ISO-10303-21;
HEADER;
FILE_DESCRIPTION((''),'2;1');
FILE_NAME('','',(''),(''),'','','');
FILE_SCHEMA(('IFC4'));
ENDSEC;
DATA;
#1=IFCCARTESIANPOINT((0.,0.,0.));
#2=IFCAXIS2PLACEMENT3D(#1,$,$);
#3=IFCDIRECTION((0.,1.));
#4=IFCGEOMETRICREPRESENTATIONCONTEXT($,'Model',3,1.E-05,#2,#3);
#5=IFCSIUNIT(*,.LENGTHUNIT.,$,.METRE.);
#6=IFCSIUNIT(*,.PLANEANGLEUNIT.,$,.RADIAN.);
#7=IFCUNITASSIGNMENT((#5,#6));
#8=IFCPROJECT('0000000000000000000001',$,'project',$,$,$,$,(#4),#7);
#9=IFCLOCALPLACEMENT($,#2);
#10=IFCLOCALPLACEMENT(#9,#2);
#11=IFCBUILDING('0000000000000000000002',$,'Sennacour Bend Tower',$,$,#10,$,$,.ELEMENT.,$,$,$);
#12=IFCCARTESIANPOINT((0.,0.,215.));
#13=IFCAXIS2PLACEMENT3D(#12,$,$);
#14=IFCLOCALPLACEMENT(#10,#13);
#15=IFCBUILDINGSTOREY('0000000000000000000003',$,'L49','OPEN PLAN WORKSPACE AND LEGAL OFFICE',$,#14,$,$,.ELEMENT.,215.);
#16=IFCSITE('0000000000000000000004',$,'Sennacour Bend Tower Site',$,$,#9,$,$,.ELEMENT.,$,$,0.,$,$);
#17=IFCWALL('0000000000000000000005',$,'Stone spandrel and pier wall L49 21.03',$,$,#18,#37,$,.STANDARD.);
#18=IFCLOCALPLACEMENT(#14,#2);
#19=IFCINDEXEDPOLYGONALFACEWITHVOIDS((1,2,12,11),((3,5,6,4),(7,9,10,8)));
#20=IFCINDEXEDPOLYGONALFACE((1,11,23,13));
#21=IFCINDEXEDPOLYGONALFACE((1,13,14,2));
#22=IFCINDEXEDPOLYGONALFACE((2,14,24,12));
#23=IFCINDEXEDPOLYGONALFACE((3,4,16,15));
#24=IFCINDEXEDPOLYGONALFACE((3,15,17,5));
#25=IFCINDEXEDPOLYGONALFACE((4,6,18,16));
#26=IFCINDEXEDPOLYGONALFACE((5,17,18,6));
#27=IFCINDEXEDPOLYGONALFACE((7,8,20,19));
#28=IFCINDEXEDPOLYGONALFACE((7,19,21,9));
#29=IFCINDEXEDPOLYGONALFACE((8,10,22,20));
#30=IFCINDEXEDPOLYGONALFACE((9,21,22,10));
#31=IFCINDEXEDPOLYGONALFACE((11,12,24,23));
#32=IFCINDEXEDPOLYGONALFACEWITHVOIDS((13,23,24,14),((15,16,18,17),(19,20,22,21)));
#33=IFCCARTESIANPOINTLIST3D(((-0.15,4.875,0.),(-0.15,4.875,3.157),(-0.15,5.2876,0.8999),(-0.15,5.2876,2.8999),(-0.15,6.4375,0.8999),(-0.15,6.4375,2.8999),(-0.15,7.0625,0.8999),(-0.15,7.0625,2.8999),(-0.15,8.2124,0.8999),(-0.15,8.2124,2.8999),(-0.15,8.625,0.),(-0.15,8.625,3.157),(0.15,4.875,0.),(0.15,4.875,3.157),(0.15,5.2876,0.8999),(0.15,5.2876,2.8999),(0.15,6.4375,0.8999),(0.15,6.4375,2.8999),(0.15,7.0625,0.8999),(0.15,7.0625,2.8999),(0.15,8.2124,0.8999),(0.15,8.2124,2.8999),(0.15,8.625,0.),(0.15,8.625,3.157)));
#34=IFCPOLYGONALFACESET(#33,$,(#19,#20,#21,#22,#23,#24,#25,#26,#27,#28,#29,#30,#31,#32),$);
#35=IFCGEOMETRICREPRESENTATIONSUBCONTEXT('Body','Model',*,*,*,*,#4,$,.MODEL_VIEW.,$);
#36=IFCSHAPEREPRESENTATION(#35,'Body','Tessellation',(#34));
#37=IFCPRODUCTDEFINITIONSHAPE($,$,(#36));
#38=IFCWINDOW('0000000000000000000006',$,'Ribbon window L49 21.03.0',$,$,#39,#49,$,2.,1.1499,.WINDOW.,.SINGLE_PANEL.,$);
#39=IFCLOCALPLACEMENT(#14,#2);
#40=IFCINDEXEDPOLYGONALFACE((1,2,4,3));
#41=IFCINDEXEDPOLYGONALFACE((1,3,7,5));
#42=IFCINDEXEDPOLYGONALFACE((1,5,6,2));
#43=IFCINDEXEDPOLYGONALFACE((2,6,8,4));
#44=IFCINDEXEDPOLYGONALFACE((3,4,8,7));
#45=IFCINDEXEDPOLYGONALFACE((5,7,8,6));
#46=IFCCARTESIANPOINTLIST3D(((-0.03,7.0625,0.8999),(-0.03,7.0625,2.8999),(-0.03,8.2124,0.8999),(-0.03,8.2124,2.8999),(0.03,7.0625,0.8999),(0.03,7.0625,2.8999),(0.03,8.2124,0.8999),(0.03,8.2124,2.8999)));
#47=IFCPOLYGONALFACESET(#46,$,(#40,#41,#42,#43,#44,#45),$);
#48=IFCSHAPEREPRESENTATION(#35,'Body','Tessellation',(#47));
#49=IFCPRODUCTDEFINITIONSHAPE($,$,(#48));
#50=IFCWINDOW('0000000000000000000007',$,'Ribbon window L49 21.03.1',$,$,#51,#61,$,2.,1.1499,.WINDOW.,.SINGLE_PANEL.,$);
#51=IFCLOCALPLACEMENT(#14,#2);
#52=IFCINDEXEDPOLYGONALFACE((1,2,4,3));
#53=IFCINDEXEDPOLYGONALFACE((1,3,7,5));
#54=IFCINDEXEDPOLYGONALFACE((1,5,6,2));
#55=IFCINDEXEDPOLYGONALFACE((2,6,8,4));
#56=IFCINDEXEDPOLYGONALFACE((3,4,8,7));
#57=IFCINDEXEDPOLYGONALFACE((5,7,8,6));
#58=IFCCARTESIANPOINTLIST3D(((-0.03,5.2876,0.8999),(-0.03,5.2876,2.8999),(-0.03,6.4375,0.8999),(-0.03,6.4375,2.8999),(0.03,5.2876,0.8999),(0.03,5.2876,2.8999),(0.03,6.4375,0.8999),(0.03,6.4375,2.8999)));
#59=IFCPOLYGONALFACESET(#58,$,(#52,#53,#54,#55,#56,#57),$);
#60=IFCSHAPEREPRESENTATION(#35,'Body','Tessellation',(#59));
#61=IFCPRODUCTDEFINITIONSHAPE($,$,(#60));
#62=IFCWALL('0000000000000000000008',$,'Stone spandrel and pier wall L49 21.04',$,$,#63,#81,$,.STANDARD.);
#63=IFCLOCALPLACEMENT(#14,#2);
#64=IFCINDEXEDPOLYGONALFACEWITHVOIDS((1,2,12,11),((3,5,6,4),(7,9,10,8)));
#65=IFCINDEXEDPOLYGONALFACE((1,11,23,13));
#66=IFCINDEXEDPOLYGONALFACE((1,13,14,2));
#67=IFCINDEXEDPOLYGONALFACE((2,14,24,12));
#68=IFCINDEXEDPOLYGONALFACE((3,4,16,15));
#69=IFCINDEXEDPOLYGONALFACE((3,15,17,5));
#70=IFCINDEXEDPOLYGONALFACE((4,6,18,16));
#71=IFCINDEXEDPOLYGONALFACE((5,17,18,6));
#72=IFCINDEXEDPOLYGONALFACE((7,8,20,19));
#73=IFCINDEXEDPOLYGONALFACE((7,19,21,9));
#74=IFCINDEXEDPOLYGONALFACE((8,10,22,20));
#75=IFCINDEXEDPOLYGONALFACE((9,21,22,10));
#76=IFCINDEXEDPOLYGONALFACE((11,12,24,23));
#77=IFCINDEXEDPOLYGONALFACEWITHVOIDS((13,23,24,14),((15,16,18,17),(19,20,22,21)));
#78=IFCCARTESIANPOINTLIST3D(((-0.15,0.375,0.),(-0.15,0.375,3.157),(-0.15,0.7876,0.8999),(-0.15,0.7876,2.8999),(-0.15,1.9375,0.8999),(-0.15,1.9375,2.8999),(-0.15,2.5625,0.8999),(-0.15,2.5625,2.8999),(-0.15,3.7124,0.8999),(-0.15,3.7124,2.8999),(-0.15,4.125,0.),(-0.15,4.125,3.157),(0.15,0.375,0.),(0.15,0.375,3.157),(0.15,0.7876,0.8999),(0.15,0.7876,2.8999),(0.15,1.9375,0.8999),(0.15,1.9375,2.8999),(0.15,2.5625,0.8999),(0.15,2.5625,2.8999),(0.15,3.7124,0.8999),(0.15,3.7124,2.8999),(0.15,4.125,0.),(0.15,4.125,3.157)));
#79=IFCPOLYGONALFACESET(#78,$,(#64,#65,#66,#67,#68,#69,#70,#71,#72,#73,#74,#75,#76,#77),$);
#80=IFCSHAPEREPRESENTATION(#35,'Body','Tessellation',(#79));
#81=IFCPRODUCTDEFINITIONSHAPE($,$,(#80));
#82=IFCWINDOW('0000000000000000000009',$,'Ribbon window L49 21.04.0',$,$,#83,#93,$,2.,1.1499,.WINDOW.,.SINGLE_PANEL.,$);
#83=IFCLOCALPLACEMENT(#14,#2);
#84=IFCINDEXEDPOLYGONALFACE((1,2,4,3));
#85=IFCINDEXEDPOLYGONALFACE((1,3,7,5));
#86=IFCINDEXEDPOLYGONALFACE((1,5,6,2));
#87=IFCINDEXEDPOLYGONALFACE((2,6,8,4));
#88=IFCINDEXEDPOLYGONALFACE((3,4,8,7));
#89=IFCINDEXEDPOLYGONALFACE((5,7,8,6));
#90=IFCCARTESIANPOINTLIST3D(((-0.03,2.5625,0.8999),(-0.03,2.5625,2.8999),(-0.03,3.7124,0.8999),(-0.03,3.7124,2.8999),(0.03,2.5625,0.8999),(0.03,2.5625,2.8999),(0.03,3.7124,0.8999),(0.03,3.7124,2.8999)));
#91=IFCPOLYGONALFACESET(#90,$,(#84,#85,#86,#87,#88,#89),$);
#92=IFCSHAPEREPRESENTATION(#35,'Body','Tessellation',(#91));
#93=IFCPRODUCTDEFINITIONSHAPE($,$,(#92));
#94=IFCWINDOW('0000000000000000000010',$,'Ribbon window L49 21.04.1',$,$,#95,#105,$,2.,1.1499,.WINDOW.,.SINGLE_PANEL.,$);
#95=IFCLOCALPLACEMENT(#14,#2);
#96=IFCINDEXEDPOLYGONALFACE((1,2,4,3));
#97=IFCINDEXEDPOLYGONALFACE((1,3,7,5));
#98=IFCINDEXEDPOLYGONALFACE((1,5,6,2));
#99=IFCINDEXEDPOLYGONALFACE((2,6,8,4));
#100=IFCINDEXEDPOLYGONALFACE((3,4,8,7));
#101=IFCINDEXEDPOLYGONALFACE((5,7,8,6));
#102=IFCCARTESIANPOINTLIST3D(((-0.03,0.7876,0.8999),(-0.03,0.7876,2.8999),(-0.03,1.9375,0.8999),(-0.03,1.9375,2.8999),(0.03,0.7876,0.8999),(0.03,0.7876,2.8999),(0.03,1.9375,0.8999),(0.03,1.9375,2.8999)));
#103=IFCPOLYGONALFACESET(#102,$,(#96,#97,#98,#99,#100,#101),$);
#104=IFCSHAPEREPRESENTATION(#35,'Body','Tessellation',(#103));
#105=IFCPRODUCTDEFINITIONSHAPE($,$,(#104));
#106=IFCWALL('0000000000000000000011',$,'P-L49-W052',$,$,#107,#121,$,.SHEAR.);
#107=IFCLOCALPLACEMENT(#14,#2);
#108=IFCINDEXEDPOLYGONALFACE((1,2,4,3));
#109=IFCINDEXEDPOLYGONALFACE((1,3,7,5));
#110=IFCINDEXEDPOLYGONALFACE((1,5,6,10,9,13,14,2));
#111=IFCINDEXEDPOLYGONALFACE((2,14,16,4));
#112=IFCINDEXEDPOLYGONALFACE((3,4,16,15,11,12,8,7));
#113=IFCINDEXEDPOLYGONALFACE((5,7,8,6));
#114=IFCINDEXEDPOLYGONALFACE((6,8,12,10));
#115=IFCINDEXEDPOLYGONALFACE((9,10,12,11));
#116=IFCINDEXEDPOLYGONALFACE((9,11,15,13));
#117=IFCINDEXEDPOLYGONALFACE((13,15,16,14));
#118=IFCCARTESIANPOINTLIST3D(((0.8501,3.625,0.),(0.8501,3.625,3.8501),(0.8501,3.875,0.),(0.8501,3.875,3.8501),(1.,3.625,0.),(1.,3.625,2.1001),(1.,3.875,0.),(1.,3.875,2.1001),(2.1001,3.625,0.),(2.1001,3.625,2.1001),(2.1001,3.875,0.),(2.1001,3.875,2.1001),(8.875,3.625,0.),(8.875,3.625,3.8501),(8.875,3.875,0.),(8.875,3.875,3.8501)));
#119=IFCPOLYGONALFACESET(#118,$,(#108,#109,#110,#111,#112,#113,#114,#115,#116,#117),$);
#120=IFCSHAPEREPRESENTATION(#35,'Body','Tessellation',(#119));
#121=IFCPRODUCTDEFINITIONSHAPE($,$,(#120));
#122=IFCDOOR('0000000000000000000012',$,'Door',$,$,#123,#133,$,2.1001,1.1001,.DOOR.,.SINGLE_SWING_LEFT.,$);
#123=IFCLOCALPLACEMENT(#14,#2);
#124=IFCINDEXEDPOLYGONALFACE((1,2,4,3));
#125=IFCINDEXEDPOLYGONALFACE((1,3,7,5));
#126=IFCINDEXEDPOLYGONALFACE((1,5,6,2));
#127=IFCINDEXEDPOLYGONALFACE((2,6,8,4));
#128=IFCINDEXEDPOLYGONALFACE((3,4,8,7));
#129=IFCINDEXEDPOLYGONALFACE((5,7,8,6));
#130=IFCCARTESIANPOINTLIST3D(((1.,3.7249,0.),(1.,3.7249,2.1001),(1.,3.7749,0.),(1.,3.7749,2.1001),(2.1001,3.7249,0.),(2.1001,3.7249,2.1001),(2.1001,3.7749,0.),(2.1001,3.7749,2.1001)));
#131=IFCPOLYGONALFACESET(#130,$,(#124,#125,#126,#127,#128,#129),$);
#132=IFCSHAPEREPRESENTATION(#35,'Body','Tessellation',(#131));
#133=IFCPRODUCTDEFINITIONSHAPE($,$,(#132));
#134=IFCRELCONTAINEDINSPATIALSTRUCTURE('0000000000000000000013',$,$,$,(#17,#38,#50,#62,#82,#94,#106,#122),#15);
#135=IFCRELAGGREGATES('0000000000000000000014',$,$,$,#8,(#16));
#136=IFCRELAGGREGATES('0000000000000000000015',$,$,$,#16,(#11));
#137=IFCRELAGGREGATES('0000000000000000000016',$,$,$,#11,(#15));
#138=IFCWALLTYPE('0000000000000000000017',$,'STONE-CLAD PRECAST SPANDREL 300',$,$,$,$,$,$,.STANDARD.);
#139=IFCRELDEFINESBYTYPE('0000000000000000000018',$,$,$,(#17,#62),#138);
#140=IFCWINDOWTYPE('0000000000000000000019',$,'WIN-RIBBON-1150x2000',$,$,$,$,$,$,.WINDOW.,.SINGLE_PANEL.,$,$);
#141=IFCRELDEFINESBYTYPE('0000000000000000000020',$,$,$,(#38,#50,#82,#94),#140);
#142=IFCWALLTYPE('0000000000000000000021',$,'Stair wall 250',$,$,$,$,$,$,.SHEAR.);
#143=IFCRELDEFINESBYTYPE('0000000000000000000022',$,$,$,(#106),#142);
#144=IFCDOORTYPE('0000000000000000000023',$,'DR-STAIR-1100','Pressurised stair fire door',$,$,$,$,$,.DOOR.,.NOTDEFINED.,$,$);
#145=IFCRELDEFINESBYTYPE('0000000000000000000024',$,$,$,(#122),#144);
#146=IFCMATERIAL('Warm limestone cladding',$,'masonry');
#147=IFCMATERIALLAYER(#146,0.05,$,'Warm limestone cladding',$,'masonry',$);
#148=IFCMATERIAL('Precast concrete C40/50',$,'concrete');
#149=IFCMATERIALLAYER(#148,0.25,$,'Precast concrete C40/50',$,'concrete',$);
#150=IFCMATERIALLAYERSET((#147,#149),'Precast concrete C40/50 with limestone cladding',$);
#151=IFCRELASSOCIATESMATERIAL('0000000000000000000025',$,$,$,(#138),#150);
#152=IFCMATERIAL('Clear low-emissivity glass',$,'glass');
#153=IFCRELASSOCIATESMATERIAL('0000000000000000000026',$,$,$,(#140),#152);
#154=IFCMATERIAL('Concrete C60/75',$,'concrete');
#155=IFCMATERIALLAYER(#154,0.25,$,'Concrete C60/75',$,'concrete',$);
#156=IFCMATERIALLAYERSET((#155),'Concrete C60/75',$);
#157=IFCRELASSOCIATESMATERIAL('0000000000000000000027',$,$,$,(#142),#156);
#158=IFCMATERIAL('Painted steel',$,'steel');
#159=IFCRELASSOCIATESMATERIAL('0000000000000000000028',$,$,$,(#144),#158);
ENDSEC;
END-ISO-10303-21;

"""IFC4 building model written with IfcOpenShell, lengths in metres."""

from ifc_helpers import new_model, si_unit, direction, frame, frame_2d, origin, place, context, subcontext, project, spatial, rectangle, extrude, material, layer, layer_set, type_object, element, fill, save


model = new_model("IFC4")

# Units and contexts
model_context = context("Model", 3, precision=1e-05, world=origin(), true_north=direction((0.0, 1.0)))
body_context = subcontext(model_context, "Body", "Model", "MODEL_VIEW")
ifc_project = project(units=[si_unit("LENGTHUNIT", "METRE"), si_unit("PLANEANGLEUNIT", "RADIAN")], contexts=[model_context])

# Site, building, storey
site_placement = place(None, origin())
site = spatial("IfcSite", under=ifc_project, at=site_placement, Name="Sennacour Bend Tower Site", CompositionType="ELEMENT", RefElevation=0.0)
building_placement = place(site_placement, origin())
building = spatial("IfcBuilding", under=site, at=building_placement, Name="Sennacour Bend Tower", CompositionType="ELEMENT")
storey_placement = place(building_placement, frame((0.0, 0.0, 215.0)))
storey = spatial("IfcBuildingStorey", under=building, at=storey_placement, Name="L49", Description="OPEN PLAN WORKSPACE AND LEGAL OFFICE", CompositionType="ELEMENT", Elevation=215.0)

# Shared definitions
ifc_material_1 = material(Name="Painted steel", Category="steel")

# Walls, openings, windows
ifc_material_2 = material(Name="Warm limestone cladding", Category="masonry")
ifc_layer_1 = layer(ifc_material_2, 0.05, Name="Warm limestone cladding", Category="masonry")
ifc_material_3 = material(Name="Precast concrete C40/50", Category="concrete")
ifc_layer_2 = layer(ifc_material_3, 0.25, Name="Precast concrete C40/50", Category="concrete")
ifc_layer_set_1 = layer_set([ifc_layer_1, ifc_layer_2], Name="Precast concrete C40/50 with limestone cladding")
wall_type_1 = type_object("IfcWallType", Name="STONE-CLAD PRECAST SPANDREL 300", PredefinedType="STANDARD", material=ifc_layer_set_1)
wall_1_placement = place(storey_placement, frame((0.0, 8.625, 0.0), z_axis=(0.0, 0.0, 1.0), x_axis=(0.0, -1.0, 0.0)))
wall_1 = element("IfcWall", 1, at=wall_1_placement, inside=storey, type_object=wall_type_1, Name="Stone spandrel and pier wall L49 21.03", PredefinedType="STANDARD", context=body_context, shape_type="SweptSolid", body=[
    extrude(rectangle(XDim=3.75, YDim=0.3, at=frame_2d((1.875, 0.0))), origin(), (0.0, 0.0, 1.0), 3.157),
])
opening_1_placement = place(wall_1_placement, frame((0.4126, 0.0, 0.8999)))
opening_1 = element("IfcOpeningElement", 2, at=opening_1_placement, cuts=wall_1, PredefinedType="OPENING", context=body_context, shape_type="SweptSolid", body=[
    extrude(rectangle(XDim=1.1499, YDim=2.0, at=frame_2d((0.575, 1.0))), frame((0.0, 0.1602, 0.0), z_axis=(0.0, -1.0, 0.0), x_axis=(1.0, 0.0, 0.0)), (0.0, 0.0, 1.0), 0.3201),
])
opening_2_placement = place(wall_1_placement, frame((2.1875, 0.0, 0.8999)))
opening_2 = element("IfcOpeningElement", 3, at=opening_2_placement, cuts=wall_1, PredefinedType="OPENING", context=body_context, shape_type="SweptSolid", body=[
    extrude(rectangle(XDim=1.1499, YDim=2.0, at=frame_2d((0.575, 1.0))), frame((0.0, 0.1602, 0.0), z_axis=(0.0, -1.0, 0.0), x_axis=(1.0, 0.0, 0.0)), (0.0, 0.0, 1.0), 0.3201),
])
ifc_material_4 = material(Name="Clear low-emissivity glass", Category="glass")
window_type = type_object("IfcWindowType", Name="WIN-RIBBON-1150x2000", PartitioningType="SINGLE_PANEL", PredefinedType="WINDOW", material=ifc_material_4)
window_1_placement = place(opening_1_placement, origin())
window_1 = element("IfcWindow", 4, at=window_1_placement, inside=storey, type_object=window_type, Name="Ribbon window L49 21.03.0", OverallHeight=2.0, OverallWidth=1.1499, PartitioningType="SINGLE_PANEL", PredefinedType="WINDOW", context=body_context, shape_type="SweptSolid", body=[
    extrude(rectangle(XDim=1.1499, YDim=2.0, at=frame_2d((0.575, 1.0))), frame((0.0, 0.03, 0.0), z_axis=(0.0, -1.0, 0.0), x_axis=(1.0, 0.0, 0.0)), (0.0, 0.0, 1.0), 0.0601),
])
fill(opening_1, window_1)
window_2_placement = place(opening_2_placement, origin())
window_2 = element("IfcWindow", 5, at=window_2_placement, inside=storey, type_object=window_type, Name="Ribbon window L49 21.03.1", OverallHeight=2.0, OverallWidth=1.1499, PartitioningType="SINGLE_PANEL", PredefinedType="WINDOW", context=body_context, shape_type="SweptSolid", body=[
    extrude(rectangle(XDim=1.1499, YDim=2.0, at=frame_2d((0.575, 1.0))), frame((0.0, 0.03, 0.0), z_axis=(0.0, -1.0, 0.0), x_axis=(1.0, 0.0, 0.0)), (0.0, 0.0, 1.0), 0.0601),
])
fill(opening_2, window_2)
wall_2_placement = place(storey_placement, frame((0.0, 4.125, 0.0), z_axis=(0.0, 0.0, 1.0), x_axis=(0.0, -1.0, 0.0)))
wall_2 = element("IfcWall", 6, at=wall_2_placement, inside=storey, type_object=wall_type_1, Name="Stone spandrel and pier wall L49 21.04", PredefinedType="STANDARD", context=body_context, shape_type="SweptSolid", body=[
    extrude(rectangle(XDim=3.75, YDim=0.3, at=frame_2d((1.875, 0.0))), origin(), (0.0, 0.0, 1.0), 3.157),
])
opening_3_placement = place(wall_2_placement, frame((0.4126, 0.0, 0.8999)))
opening_3 = element("IfcOpeningElement", 7, at=opening_3_placement, cuts=wall_2, PredefinedType="OPENING", context=body_context, shape_type="SweptSolid", body=[
    extrude(rectangle(XDim=1.1499, YDim=2.0, at=frame_2d((0.575, 1.0))), frame((0.0, 0.1602, 0.0), z_axis=(0.0, -1.0, 0.0), x_axis=(1.0, 0.0, 0.0)), (0.0, 0.0, 1.0), 0.3201),
])
opening_4_placement = place(wall_2_placement, frame((2.1875, 0.0, 0.8999)))
opening_4 = element("IfcOpeningElement", 8, at=opening_4_placement, cuts=wall_2, PredefinedType="OPENING", context=body_context, shape_type="SweptSolid", body=[
    extrude(rectangle(XDim=1.1499, YDim=2.0, at=frame_2d((0.575, 1.0))), frame((0.0, 0.1602, 0.0), z_axis=(0.0, -1.0, 0.0), x_axis=(1.0, 0.0, 0.0)), (0.0, 0.0, 1.0), 0.3201),
])
window_3_placement = place(opening_3_placement, origin())
window_3 = element("IfcWindow", 9, at=window_3_placement, inside=storey, type_object=window_type, Name="Ribbon window L49 21.04.0", OverallHeight=2.0, OverallWidth=1.1499, PartitioningType="SINGLE_PANEL", PredefinedType="WINDOW", context=body_context, shape_type="SweptSolid", body=[
    extrude(rectangle(XDim=1.1499, YDim=2.0, at=frame_2d((0.575, 1.0))), frame((0.0, 0.03, 0.0), z_axis=(0.0, -1.0, 0.0), x_axis=(1.0, 0.0, 0.0)), (0.0, 0.0, 1.0), 0.0601),
])
fill(opening_3, window_3)
window_4_placement = place(opening_4_placement, origin())
window_4 = element("IfcWindow", 10, at=window_4_placement, inside=storey, type_object=window_type, Name="Ribbon window L49 21.04.1", OverallHeight=2.0, OverallWidth=1.1499, PartitioningType="SINGLE_PANEL", PredefinedType="WINDOW", context=body_context, shape_type="SweptSolid", body=[
    extrude(rectangle(XDim=1.1499, YDim=2.0, at=frame_2d((0.575, 1.0))), frame((0.0, 0.03, 0.0), z_axis=(0.0, -1.0, 0.0), x_axis=(1.0, 0.0, 0.0)), (0.0, 0.0, 1.0), 0.0601),
])
fill(opening_4, window_4)

# Wall, opening, door
ifc_material_5 = material(Name="Concrete C60/75", Category="concrete")
ifc_layer_3 = layer(ifc_material_5, 0.25, Name="Concrete C60/75", Category="concrete")
ifc_layer_set_2 = layer_set([ifc_layer_3], Name="Concrete C60/75")
wall_type_2 = type_object("IfcWallType", Name="Stair wall 250", PredefinedType="SHEAR", material=ifc_layer_set_2)
wall_3_placement = place(storey_placement, frame((0.8501, 3.75, 0.0), z_axis=(0.0, 0.0, 1.0), x_axis=(1.0, 0.0, 0.0)))
wall_3 = element("IfcWall", 11, at=wall_3_placement, inside=storey, type_object=wall_type_2, Name="P-L49-W052", PredefinedType="SHEAR", context=body_context, shape_type="SweptSolid", body=[
    extrude(rectangle(XDim=8.0249, YDim=0.25, at=frame_2d((4.0125, 0.0))), origin(), (0.0, 0.0, 1.0), 3.8501),
])
opening_5_placement = place(wall_3_placement, frame((0.1499, 0.0, 0.0)))
opening_5 = element("IfcOpeningElement", 12, at=opening_5_placement, cuts=wall_3, PredefinedType="OPENING", context=body_context, shape_type="SweptSolid", body=[
    extrude(rectangle(XDim=1.1001, YDim=2.1001, at=frame_2d((0.55, 1.05))), frame((0.0, 0.135, 0.0), z_axis=(0.0, -1.0, 0.0), x_axis=(1.0, 0.0, 0.0)), (0.0, 0.0, 1.0), 0.27),
])
door_type_1 = type_object("IfcDoorType", Name="DR-STAIR-1100", Description="Pressurised stair fire door", OperationType="NOTDEFINED", PredefinedType="DOOR", material=ifc_material_1)
door_1_placement = place(opening_5_placement, origin())
door_1 = element("IfcDoor", 13, at=door_1_placement, inside=storey, type_object=door_type_1, Name="Door", OperationType="SINGLE_SWING_LEFT", OverallHeight=2.1001, OverallWidth=1.1001, PredefinedType="DOOR", context=body_context, shape_type="SweptSolid", body=[
    extrude(rectangle(XDim=1.1001, YDim=2.1001, at=frame_2d((0.55, 1.05))), frame((0.0, 0.0249, 0.0), z_axis=(0.0, -1.0, 0.0), x_axis=(1.0, 0.0, 0.0)), (0.0, 0.0, 1.0), 0.05),
])
fill(opening_5, door_1)

save(model, "model.ifc")
